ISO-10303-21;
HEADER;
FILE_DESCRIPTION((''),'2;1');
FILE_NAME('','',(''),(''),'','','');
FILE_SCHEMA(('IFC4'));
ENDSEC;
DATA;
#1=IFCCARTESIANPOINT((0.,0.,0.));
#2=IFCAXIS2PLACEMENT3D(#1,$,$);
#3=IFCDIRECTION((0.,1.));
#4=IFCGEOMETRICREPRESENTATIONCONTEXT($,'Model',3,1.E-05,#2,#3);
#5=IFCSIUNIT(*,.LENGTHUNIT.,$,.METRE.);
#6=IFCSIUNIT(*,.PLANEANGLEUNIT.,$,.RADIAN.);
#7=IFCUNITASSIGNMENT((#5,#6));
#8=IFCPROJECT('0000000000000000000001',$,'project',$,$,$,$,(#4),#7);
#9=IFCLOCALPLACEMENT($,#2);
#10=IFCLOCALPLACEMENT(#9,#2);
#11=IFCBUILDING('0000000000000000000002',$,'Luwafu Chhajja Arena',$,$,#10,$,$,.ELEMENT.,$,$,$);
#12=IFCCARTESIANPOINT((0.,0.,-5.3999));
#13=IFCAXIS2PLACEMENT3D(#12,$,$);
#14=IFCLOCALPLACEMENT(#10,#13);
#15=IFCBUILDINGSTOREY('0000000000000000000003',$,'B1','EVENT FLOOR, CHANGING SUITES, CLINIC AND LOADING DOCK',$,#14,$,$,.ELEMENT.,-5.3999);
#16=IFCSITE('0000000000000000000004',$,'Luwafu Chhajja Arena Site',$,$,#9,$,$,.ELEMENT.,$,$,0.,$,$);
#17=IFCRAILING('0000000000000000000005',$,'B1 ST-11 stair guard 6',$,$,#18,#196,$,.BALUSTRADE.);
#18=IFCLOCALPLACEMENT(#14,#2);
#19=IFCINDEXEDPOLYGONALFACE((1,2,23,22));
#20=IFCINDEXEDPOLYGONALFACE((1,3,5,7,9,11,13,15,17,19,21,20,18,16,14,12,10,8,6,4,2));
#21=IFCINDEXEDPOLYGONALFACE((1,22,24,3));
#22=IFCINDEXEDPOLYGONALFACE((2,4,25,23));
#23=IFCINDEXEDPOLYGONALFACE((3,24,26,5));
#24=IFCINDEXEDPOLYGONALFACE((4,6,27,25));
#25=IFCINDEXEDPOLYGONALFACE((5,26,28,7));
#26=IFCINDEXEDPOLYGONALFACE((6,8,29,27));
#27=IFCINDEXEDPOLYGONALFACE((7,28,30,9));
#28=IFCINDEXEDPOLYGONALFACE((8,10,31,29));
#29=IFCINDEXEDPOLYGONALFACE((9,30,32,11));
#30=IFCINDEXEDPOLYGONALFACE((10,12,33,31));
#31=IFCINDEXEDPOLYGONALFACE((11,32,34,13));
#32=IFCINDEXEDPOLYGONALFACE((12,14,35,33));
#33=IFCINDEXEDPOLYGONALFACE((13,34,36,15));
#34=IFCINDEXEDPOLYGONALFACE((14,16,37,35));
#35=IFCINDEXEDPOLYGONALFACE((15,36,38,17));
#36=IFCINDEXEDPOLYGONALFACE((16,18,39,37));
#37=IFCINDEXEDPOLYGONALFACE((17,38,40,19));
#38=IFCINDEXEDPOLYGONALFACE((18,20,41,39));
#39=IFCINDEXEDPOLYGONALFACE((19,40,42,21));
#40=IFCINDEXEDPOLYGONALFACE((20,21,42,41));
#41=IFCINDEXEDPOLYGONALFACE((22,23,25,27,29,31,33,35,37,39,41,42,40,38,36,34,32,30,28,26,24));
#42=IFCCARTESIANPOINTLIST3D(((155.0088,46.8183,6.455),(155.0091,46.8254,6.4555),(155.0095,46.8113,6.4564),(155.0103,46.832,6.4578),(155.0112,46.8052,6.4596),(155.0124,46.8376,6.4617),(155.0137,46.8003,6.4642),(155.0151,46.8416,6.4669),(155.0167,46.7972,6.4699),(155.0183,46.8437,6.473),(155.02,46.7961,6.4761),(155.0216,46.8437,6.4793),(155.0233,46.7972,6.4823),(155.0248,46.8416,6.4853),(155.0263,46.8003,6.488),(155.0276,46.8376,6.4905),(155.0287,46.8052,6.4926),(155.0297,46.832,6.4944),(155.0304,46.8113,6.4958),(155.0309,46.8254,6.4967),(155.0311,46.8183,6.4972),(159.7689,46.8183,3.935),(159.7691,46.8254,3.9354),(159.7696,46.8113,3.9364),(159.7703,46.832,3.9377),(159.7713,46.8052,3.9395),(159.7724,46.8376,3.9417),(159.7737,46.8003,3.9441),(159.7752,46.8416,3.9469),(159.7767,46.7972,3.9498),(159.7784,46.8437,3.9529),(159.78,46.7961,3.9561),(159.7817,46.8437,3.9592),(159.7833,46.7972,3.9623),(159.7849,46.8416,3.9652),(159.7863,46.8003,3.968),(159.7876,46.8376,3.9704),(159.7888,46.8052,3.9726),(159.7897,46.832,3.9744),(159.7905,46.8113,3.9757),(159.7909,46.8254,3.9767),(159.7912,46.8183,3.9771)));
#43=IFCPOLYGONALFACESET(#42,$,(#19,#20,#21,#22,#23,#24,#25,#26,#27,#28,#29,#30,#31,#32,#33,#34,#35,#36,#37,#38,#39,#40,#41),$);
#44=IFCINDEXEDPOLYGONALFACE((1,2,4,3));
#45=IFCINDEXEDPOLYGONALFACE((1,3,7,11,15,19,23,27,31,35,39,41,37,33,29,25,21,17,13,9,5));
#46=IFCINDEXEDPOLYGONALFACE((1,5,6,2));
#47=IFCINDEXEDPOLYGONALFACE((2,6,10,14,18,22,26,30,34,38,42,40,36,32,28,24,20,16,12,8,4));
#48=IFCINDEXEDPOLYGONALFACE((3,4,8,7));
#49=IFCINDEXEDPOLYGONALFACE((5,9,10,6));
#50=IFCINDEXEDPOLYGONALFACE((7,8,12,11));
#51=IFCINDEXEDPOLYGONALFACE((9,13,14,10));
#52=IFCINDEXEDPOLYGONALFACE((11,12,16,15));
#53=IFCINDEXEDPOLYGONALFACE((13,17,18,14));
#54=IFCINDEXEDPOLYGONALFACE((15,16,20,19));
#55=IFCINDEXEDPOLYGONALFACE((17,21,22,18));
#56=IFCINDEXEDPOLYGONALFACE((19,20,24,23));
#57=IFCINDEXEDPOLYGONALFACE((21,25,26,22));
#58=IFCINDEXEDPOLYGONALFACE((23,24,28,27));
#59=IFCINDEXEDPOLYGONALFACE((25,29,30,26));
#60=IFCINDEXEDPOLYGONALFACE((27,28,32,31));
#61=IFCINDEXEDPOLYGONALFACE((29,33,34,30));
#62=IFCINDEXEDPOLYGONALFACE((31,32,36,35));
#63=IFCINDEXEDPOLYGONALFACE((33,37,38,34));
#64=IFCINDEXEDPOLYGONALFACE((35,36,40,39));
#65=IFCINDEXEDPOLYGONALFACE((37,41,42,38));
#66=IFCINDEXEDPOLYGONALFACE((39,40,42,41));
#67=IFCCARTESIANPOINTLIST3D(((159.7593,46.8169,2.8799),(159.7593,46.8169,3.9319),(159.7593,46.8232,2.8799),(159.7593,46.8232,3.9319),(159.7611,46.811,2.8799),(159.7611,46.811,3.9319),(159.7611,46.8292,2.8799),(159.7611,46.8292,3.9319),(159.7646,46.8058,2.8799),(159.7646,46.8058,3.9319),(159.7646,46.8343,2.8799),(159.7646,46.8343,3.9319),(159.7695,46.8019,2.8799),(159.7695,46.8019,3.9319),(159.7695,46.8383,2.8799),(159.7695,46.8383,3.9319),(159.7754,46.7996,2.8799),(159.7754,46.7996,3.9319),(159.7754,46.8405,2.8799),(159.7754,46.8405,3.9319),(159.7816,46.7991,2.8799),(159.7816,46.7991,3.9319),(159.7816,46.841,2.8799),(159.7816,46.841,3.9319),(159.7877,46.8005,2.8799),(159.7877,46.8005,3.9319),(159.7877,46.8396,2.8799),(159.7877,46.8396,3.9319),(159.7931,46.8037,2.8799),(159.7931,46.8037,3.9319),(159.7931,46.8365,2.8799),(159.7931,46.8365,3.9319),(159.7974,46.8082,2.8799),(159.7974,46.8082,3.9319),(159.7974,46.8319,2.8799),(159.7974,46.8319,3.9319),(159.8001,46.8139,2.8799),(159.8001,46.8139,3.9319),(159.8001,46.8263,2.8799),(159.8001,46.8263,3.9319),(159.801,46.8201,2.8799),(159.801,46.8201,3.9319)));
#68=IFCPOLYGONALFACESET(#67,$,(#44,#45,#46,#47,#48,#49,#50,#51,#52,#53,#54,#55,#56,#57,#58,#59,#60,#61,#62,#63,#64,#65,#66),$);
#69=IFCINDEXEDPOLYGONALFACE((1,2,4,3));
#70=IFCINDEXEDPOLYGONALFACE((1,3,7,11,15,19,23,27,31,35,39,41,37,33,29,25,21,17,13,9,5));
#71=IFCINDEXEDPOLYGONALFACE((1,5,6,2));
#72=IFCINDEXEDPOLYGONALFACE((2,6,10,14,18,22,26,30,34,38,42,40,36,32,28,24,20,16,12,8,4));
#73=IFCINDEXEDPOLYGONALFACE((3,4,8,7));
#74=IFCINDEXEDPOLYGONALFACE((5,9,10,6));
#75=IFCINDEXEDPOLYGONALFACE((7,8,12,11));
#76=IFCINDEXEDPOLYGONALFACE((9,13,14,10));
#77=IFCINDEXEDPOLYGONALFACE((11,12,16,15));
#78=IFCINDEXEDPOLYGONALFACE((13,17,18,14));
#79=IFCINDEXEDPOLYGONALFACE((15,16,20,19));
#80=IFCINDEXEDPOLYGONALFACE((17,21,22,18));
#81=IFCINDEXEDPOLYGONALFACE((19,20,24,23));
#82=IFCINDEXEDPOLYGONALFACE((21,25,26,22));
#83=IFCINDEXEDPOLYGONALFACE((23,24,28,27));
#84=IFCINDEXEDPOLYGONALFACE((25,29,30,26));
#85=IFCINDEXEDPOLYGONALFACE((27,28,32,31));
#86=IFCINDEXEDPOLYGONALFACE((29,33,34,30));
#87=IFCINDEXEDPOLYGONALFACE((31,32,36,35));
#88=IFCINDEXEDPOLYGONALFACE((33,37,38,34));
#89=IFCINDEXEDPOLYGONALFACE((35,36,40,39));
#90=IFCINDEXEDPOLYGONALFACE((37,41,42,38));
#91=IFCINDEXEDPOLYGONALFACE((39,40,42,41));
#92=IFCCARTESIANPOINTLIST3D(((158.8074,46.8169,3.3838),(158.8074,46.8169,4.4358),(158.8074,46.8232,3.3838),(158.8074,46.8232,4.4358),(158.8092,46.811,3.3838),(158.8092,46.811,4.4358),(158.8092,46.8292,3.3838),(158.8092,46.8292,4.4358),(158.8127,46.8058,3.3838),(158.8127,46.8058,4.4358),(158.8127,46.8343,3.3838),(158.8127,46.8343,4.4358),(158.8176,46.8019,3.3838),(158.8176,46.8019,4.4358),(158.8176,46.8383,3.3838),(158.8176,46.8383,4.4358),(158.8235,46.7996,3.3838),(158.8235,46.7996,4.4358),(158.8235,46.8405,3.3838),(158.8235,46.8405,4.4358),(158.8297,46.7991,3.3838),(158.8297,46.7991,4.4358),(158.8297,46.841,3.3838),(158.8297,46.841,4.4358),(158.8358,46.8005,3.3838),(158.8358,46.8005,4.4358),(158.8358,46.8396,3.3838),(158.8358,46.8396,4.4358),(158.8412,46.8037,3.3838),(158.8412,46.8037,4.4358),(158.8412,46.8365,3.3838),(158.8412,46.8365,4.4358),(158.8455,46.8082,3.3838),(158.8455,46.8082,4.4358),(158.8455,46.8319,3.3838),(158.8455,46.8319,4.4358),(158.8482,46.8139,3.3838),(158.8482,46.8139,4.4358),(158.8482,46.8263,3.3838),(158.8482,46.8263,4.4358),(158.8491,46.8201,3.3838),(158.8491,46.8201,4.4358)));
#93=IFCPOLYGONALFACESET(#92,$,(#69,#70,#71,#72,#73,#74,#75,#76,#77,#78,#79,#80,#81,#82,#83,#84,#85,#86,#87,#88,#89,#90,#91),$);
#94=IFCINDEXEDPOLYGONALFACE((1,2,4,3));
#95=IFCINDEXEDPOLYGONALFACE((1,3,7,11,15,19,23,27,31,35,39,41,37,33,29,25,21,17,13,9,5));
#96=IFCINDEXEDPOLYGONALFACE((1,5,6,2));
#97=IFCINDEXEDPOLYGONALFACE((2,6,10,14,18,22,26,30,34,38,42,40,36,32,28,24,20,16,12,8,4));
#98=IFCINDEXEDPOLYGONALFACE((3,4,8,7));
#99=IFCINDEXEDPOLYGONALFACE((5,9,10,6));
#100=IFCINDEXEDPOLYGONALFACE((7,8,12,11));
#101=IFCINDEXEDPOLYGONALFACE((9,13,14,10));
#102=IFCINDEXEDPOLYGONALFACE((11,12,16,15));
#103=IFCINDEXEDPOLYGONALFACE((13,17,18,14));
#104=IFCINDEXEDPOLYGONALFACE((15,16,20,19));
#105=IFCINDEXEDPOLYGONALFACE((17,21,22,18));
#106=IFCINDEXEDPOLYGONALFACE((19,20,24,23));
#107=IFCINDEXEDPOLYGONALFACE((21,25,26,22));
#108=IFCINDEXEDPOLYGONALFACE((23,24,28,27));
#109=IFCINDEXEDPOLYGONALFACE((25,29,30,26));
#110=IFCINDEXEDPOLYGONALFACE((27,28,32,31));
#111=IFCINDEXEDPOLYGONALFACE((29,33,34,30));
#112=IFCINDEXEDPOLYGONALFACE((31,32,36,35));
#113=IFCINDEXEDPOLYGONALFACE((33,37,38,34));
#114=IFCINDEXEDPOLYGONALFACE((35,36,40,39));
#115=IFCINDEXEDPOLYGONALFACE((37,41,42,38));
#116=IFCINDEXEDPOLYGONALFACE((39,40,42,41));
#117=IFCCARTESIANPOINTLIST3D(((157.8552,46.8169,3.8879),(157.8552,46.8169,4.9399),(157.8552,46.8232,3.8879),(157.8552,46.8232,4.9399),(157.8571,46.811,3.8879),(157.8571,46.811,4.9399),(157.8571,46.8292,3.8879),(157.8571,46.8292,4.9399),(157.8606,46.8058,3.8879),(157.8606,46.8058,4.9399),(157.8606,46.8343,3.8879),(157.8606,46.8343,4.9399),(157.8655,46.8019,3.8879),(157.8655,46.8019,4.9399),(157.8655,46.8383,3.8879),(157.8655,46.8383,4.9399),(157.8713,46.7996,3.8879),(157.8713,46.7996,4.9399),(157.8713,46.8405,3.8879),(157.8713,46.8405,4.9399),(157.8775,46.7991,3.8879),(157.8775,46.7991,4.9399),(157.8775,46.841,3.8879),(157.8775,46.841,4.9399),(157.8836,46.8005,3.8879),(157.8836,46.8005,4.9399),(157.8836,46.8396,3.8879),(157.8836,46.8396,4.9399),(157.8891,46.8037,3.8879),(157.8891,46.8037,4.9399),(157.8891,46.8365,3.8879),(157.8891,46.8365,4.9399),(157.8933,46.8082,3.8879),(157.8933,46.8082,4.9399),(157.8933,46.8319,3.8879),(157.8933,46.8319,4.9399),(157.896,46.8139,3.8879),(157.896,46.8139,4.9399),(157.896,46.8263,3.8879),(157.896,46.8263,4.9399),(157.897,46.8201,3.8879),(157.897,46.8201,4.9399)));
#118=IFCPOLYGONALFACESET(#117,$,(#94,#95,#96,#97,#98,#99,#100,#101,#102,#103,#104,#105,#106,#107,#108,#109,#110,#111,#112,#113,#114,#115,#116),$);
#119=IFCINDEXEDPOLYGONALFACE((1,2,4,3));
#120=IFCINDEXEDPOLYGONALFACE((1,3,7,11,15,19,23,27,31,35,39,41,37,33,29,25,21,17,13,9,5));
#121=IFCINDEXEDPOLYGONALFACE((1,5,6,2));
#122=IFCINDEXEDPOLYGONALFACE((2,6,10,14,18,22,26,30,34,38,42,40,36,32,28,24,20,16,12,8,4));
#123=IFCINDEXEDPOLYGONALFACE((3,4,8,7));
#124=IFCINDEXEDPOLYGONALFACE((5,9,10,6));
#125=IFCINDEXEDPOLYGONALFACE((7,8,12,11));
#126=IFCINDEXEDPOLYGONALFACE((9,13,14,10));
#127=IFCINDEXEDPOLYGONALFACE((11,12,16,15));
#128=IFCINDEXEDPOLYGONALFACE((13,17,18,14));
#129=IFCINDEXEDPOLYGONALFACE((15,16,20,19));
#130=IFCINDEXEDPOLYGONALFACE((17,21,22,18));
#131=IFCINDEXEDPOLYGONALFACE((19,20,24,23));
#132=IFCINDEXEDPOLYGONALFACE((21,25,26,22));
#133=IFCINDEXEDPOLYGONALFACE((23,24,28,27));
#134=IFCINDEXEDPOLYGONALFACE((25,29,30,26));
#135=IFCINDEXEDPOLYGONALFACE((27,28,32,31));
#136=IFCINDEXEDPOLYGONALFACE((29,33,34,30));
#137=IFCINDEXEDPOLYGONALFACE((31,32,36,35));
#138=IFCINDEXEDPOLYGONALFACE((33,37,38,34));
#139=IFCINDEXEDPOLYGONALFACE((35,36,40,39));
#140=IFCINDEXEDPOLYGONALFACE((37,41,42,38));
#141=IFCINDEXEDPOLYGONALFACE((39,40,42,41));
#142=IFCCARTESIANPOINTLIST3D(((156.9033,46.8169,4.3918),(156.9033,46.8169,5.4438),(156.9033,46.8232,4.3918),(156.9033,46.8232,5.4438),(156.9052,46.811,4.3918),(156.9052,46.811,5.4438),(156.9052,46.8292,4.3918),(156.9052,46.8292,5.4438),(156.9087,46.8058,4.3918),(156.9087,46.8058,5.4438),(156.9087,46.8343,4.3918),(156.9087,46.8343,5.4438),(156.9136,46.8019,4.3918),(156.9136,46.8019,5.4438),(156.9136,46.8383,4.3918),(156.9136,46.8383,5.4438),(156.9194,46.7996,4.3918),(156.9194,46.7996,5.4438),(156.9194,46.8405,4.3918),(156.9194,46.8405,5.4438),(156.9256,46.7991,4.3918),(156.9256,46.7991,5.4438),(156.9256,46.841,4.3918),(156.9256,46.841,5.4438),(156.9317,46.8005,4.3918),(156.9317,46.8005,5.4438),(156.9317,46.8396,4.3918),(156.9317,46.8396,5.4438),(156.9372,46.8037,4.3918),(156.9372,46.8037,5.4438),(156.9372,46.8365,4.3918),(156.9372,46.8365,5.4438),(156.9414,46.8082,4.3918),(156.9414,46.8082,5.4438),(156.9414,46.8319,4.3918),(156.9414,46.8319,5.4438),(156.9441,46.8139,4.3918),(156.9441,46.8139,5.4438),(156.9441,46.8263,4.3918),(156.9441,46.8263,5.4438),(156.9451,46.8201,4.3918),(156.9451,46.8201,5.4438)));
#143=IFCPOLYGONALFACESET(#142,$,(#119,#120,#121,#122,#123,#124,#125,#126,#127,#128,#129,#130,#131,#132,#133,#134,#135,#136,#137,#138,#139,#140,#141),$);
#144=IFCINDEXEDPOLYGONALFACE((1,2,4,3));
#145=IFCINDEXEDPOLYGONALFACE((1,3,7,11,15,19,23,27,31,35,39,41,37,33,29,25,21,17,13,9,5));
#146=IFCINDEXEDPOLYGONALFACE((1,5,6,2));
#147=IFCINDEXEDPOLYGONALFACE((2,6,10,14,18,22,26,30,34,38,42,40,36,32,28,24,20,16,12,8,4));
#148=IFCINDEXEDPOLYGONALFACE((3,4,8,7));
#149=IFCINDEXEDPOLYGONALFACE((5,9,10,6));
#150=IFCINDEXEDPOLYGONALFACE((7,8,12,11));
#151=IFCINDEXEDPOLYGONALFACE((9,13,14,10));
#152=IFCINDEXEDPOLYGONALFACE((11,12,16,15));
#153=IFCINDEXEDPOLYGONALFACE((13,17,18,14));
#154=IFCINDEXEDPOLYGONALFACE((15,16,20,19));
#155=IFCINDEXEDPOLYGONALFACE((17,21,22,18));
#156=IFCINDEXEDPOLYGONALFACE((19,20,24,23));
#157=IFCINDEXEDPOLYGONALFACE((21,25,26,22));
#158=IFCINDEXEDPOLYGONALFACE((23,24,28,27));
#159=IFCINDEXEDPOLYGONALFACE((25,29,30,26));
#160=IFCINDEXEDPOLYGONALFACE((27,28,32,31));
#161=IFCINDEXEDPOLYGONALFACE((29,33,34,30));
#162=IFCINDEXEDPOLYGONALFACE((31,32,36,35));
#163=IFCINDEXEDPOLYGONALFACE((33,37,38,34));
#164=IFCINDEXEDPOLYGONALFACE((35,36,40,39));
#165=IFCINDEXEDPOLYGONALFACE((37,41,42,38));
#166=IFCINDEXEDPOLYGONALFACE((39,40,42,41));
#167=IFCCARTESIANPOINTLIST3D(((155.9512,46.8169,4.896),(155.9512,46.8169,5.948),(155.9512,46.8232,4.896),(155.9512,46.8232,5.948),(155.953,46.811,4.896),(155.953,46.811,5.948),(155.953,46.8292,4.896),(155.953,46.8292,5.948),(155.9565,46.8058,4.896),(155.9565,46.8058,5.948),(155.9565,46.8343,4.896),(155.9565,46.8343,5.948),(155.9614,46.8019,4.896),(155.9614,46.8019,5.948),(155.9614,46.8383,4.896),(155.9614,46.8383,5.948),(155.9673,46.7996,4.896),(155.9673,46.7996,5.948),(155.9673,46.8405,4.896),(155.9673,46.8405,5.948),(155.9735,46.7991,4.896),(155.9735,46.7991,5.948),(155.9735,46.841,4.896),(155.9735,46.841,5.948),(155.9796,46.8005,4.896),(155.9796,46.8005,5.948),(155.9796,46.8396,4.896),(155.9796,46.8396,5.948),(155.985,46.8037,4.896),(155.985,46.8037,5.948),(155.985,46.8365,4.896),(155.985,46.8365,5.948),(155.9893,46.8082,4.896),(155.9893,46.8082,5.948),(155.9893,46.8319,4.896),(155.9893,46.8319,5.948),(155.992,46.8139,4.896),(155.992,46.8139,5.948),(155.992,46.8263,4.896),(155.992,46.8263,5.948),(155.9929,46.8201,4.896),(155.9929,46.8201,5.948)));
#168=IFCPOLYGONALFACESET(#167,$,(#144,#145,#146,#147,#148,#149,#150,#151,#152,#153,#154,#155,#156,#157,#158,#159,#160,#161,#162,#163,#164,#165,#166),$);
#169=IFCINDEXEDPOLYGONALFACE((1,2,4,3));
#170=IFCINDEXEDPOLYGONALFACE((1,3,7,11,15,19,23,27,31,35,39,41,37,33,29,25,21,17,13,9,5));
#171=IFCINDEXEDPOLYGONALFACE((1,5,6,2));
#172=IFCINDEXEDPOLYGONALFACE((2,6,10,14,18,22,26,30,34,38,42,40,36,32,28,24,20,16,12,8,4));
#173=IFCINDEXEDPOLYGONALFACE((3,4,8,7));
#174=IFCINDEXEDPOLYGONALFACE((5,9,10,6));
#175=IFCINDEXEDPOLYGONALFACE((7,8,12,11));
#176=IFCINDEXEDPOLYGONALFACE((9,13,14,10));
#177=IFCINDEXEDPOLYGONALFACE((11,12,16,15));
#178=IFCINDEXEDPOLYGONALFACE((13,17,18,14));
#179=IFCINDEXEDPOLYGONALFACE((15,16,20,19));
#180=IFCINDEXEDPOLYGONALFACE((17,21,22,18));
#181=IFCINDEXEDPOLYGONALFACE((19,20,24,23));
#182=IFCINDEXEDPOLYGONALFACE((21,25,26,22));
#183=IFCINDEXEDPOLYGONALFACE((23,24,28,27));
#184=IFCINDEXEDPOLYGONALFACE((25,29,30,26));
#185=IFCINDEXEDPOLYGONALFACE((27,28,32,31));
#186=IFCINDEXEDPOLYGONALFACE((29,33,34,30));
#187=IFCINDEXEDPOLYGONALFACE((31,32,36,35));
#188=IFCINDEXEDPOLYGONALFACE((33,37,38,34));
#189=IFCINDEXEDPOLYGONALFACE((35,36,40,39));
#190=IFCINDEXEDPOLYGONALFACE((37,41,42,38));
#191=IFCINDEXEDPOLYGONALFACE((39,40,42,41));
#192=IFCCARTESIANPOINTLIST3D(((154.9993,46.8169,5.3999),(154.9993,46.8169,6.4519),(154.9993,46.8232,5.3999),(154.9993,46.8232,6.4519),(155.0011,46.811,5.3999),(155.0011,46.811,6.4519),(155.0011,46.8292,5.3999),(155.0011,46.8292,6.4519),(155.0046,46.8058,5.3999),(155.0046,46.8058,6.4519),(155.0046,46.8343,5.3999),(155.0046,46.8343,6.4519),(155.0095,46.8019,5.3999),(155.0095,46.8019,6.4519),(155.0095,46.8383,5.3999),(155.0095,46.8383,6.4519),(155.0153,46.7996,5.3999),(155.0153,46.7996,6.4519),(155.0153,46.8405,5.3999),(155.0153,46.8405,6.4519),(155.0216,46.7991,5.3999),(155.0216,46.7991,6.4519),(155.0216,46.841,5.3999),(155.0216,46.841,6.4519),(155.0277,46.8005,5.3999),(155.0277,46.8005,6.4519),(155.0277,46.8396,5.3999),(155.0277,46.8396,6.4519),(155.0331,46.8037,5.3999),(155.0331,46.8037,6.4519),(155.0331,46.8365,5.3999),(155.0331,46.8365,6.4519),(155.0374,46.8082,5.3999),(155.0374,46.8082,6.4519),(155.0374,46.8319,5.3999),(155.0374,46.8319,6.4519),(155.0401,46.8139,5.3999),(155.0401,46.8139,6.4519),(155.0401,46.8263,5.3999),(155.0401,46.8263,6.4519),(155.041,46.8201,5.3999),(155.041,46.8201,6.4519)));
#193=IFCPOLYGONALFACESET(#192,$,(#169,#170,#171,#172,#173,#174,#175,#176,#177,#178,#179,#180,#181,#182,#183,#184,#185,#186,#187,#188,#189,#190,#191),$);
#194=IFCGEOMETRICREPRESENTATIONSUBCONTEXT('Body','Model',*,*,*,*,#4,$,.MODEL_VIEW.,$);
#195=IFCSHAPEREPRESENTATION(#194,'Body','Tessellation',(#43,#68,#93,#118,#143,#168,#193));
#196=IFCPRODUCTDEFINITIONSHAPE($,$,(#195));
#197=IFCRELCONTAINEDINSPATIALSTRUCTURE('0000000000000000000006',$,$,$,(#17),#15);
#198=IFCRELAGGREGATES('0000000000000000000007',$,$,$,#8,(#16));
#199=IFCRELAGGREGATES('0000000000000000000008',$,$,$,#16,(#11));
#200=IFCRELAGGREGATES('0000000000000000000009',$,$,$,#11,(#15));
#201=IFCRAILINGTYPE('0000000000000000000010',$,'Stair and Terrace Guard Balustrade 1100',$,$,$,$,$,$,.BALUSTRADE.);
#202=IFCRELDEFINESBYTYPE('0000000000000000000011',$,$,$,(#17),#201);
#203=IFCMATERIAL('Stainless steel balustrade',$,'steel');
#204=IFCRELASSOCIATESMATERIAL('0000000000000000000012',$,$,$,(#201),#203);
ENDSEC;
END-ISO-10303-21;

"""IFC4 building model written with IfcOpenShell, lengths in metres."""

from ifc_helpers import new_model, si_unit, direction, frame, origin, origin_2d, place, context, subcontext, project, spatial, circle, extrude, material, type_object, element, save


model = new_model("IFC4")

# Units and contexts
model_context = context("Model", 3, precision=1e-05, world=origin(), true_north=direction((0.0, 1.0)))
body_context = subcontext(model_context, "Body", "Model", "MODEL_VIEW")
ifc_project = project(units=[si_unit("LENGTHUNIT", "METRE"), si_unit("PLANEANGLEUNIT", "RADIAN")], contexts=[model_context])

# Site, building, storey
site_placement = place(None, origin())
site = spatial("IfcSite", under=ifc_project, at=site_placement, Name="Luwafu Chhajja Arena Site", CompositionType="ELEMENT", RefElevation=0.0)
building_placement = place(site_placement, origin())
building = spatial("IfcBuilding", under=site, at=building_placement, Name="Luwafu Chhajja Arena", CompositionType="ELEMENT")
storey_placement = place(building_placement, frame((0.0, 0.0, -5.3999)))
storey = spatial("IfcBuildingStorey", under=building, at=storey_placement, Name="B1", Description="EVENT FLOOR, CHANGING SUITES, CLINIC AND LOADING DOCK", CompositionType="ELEMENT", Elevation=-5.3999)

# Railing
ifc_material_1 = material(Name="Stainless steel balustrade", Category="steel")
railing_type_1 = type_object("IfcRailingType", Name="Stair and Terrace Guard Balustrade 1100", PredefinedType="BALUSTRADE", material=ifc_material_1)
railing_1_placement = place(storey_placement, frame((159.78, 46.8201, 2.8799)))
element("IfcRailing", 1, at=railing_1_placement, inside=storey, type_object=railing_type_1, Name="B1 ST-11 stair guard 6", PredefinedType="BALUSTRADE", context=body_context, shape_type="SweptSolid", body=[
    extrude(circle(Radius=0.0239, at=origin_2d()), frame((0.0, 0.0, 1.0762), z_axis=(-0.883787, 0.0, 0.46789), x_axis=(0.0, -1.0, 0.0)), (0.0, 0.0, 1.0), 5.386),
    extrude(circle(Radius=0.021, at=origin_2d()), origin(), (0.0, 0.0, 1.0), 1.052),
    extrude(circle(Radius=0.021, at=origin_2d()), frame((-0.9519, 0.0, 0.5039)), (0.0, 0.0, 1.0), 1.052),
    extrude(circle(Radius=0.021, at=origin_2d()), frame((-1.9041, 0.0, 1.0081)), (0.0, 0.0, 1.0), 1.052),
    extrude(circle(Radius=0.021, at=origin_2d()), frame((-2.856, 0.0, 1.512)), (0.0, 0.0, 1.0), 1.052),
    extrude(circle(Radius=0.021, at=origin_2d()), frame((-3.8081, 0.0, 2.0161)), (0.0, 0.0, 1.0), 1.052),
    extrude(circle(Radius=0.021, at=origin_2d()), frame((-4.76, 0.0, 2.52)), (0.0, 0.0, 1.0), 1.052),
])

save(model, "model.ifc")
